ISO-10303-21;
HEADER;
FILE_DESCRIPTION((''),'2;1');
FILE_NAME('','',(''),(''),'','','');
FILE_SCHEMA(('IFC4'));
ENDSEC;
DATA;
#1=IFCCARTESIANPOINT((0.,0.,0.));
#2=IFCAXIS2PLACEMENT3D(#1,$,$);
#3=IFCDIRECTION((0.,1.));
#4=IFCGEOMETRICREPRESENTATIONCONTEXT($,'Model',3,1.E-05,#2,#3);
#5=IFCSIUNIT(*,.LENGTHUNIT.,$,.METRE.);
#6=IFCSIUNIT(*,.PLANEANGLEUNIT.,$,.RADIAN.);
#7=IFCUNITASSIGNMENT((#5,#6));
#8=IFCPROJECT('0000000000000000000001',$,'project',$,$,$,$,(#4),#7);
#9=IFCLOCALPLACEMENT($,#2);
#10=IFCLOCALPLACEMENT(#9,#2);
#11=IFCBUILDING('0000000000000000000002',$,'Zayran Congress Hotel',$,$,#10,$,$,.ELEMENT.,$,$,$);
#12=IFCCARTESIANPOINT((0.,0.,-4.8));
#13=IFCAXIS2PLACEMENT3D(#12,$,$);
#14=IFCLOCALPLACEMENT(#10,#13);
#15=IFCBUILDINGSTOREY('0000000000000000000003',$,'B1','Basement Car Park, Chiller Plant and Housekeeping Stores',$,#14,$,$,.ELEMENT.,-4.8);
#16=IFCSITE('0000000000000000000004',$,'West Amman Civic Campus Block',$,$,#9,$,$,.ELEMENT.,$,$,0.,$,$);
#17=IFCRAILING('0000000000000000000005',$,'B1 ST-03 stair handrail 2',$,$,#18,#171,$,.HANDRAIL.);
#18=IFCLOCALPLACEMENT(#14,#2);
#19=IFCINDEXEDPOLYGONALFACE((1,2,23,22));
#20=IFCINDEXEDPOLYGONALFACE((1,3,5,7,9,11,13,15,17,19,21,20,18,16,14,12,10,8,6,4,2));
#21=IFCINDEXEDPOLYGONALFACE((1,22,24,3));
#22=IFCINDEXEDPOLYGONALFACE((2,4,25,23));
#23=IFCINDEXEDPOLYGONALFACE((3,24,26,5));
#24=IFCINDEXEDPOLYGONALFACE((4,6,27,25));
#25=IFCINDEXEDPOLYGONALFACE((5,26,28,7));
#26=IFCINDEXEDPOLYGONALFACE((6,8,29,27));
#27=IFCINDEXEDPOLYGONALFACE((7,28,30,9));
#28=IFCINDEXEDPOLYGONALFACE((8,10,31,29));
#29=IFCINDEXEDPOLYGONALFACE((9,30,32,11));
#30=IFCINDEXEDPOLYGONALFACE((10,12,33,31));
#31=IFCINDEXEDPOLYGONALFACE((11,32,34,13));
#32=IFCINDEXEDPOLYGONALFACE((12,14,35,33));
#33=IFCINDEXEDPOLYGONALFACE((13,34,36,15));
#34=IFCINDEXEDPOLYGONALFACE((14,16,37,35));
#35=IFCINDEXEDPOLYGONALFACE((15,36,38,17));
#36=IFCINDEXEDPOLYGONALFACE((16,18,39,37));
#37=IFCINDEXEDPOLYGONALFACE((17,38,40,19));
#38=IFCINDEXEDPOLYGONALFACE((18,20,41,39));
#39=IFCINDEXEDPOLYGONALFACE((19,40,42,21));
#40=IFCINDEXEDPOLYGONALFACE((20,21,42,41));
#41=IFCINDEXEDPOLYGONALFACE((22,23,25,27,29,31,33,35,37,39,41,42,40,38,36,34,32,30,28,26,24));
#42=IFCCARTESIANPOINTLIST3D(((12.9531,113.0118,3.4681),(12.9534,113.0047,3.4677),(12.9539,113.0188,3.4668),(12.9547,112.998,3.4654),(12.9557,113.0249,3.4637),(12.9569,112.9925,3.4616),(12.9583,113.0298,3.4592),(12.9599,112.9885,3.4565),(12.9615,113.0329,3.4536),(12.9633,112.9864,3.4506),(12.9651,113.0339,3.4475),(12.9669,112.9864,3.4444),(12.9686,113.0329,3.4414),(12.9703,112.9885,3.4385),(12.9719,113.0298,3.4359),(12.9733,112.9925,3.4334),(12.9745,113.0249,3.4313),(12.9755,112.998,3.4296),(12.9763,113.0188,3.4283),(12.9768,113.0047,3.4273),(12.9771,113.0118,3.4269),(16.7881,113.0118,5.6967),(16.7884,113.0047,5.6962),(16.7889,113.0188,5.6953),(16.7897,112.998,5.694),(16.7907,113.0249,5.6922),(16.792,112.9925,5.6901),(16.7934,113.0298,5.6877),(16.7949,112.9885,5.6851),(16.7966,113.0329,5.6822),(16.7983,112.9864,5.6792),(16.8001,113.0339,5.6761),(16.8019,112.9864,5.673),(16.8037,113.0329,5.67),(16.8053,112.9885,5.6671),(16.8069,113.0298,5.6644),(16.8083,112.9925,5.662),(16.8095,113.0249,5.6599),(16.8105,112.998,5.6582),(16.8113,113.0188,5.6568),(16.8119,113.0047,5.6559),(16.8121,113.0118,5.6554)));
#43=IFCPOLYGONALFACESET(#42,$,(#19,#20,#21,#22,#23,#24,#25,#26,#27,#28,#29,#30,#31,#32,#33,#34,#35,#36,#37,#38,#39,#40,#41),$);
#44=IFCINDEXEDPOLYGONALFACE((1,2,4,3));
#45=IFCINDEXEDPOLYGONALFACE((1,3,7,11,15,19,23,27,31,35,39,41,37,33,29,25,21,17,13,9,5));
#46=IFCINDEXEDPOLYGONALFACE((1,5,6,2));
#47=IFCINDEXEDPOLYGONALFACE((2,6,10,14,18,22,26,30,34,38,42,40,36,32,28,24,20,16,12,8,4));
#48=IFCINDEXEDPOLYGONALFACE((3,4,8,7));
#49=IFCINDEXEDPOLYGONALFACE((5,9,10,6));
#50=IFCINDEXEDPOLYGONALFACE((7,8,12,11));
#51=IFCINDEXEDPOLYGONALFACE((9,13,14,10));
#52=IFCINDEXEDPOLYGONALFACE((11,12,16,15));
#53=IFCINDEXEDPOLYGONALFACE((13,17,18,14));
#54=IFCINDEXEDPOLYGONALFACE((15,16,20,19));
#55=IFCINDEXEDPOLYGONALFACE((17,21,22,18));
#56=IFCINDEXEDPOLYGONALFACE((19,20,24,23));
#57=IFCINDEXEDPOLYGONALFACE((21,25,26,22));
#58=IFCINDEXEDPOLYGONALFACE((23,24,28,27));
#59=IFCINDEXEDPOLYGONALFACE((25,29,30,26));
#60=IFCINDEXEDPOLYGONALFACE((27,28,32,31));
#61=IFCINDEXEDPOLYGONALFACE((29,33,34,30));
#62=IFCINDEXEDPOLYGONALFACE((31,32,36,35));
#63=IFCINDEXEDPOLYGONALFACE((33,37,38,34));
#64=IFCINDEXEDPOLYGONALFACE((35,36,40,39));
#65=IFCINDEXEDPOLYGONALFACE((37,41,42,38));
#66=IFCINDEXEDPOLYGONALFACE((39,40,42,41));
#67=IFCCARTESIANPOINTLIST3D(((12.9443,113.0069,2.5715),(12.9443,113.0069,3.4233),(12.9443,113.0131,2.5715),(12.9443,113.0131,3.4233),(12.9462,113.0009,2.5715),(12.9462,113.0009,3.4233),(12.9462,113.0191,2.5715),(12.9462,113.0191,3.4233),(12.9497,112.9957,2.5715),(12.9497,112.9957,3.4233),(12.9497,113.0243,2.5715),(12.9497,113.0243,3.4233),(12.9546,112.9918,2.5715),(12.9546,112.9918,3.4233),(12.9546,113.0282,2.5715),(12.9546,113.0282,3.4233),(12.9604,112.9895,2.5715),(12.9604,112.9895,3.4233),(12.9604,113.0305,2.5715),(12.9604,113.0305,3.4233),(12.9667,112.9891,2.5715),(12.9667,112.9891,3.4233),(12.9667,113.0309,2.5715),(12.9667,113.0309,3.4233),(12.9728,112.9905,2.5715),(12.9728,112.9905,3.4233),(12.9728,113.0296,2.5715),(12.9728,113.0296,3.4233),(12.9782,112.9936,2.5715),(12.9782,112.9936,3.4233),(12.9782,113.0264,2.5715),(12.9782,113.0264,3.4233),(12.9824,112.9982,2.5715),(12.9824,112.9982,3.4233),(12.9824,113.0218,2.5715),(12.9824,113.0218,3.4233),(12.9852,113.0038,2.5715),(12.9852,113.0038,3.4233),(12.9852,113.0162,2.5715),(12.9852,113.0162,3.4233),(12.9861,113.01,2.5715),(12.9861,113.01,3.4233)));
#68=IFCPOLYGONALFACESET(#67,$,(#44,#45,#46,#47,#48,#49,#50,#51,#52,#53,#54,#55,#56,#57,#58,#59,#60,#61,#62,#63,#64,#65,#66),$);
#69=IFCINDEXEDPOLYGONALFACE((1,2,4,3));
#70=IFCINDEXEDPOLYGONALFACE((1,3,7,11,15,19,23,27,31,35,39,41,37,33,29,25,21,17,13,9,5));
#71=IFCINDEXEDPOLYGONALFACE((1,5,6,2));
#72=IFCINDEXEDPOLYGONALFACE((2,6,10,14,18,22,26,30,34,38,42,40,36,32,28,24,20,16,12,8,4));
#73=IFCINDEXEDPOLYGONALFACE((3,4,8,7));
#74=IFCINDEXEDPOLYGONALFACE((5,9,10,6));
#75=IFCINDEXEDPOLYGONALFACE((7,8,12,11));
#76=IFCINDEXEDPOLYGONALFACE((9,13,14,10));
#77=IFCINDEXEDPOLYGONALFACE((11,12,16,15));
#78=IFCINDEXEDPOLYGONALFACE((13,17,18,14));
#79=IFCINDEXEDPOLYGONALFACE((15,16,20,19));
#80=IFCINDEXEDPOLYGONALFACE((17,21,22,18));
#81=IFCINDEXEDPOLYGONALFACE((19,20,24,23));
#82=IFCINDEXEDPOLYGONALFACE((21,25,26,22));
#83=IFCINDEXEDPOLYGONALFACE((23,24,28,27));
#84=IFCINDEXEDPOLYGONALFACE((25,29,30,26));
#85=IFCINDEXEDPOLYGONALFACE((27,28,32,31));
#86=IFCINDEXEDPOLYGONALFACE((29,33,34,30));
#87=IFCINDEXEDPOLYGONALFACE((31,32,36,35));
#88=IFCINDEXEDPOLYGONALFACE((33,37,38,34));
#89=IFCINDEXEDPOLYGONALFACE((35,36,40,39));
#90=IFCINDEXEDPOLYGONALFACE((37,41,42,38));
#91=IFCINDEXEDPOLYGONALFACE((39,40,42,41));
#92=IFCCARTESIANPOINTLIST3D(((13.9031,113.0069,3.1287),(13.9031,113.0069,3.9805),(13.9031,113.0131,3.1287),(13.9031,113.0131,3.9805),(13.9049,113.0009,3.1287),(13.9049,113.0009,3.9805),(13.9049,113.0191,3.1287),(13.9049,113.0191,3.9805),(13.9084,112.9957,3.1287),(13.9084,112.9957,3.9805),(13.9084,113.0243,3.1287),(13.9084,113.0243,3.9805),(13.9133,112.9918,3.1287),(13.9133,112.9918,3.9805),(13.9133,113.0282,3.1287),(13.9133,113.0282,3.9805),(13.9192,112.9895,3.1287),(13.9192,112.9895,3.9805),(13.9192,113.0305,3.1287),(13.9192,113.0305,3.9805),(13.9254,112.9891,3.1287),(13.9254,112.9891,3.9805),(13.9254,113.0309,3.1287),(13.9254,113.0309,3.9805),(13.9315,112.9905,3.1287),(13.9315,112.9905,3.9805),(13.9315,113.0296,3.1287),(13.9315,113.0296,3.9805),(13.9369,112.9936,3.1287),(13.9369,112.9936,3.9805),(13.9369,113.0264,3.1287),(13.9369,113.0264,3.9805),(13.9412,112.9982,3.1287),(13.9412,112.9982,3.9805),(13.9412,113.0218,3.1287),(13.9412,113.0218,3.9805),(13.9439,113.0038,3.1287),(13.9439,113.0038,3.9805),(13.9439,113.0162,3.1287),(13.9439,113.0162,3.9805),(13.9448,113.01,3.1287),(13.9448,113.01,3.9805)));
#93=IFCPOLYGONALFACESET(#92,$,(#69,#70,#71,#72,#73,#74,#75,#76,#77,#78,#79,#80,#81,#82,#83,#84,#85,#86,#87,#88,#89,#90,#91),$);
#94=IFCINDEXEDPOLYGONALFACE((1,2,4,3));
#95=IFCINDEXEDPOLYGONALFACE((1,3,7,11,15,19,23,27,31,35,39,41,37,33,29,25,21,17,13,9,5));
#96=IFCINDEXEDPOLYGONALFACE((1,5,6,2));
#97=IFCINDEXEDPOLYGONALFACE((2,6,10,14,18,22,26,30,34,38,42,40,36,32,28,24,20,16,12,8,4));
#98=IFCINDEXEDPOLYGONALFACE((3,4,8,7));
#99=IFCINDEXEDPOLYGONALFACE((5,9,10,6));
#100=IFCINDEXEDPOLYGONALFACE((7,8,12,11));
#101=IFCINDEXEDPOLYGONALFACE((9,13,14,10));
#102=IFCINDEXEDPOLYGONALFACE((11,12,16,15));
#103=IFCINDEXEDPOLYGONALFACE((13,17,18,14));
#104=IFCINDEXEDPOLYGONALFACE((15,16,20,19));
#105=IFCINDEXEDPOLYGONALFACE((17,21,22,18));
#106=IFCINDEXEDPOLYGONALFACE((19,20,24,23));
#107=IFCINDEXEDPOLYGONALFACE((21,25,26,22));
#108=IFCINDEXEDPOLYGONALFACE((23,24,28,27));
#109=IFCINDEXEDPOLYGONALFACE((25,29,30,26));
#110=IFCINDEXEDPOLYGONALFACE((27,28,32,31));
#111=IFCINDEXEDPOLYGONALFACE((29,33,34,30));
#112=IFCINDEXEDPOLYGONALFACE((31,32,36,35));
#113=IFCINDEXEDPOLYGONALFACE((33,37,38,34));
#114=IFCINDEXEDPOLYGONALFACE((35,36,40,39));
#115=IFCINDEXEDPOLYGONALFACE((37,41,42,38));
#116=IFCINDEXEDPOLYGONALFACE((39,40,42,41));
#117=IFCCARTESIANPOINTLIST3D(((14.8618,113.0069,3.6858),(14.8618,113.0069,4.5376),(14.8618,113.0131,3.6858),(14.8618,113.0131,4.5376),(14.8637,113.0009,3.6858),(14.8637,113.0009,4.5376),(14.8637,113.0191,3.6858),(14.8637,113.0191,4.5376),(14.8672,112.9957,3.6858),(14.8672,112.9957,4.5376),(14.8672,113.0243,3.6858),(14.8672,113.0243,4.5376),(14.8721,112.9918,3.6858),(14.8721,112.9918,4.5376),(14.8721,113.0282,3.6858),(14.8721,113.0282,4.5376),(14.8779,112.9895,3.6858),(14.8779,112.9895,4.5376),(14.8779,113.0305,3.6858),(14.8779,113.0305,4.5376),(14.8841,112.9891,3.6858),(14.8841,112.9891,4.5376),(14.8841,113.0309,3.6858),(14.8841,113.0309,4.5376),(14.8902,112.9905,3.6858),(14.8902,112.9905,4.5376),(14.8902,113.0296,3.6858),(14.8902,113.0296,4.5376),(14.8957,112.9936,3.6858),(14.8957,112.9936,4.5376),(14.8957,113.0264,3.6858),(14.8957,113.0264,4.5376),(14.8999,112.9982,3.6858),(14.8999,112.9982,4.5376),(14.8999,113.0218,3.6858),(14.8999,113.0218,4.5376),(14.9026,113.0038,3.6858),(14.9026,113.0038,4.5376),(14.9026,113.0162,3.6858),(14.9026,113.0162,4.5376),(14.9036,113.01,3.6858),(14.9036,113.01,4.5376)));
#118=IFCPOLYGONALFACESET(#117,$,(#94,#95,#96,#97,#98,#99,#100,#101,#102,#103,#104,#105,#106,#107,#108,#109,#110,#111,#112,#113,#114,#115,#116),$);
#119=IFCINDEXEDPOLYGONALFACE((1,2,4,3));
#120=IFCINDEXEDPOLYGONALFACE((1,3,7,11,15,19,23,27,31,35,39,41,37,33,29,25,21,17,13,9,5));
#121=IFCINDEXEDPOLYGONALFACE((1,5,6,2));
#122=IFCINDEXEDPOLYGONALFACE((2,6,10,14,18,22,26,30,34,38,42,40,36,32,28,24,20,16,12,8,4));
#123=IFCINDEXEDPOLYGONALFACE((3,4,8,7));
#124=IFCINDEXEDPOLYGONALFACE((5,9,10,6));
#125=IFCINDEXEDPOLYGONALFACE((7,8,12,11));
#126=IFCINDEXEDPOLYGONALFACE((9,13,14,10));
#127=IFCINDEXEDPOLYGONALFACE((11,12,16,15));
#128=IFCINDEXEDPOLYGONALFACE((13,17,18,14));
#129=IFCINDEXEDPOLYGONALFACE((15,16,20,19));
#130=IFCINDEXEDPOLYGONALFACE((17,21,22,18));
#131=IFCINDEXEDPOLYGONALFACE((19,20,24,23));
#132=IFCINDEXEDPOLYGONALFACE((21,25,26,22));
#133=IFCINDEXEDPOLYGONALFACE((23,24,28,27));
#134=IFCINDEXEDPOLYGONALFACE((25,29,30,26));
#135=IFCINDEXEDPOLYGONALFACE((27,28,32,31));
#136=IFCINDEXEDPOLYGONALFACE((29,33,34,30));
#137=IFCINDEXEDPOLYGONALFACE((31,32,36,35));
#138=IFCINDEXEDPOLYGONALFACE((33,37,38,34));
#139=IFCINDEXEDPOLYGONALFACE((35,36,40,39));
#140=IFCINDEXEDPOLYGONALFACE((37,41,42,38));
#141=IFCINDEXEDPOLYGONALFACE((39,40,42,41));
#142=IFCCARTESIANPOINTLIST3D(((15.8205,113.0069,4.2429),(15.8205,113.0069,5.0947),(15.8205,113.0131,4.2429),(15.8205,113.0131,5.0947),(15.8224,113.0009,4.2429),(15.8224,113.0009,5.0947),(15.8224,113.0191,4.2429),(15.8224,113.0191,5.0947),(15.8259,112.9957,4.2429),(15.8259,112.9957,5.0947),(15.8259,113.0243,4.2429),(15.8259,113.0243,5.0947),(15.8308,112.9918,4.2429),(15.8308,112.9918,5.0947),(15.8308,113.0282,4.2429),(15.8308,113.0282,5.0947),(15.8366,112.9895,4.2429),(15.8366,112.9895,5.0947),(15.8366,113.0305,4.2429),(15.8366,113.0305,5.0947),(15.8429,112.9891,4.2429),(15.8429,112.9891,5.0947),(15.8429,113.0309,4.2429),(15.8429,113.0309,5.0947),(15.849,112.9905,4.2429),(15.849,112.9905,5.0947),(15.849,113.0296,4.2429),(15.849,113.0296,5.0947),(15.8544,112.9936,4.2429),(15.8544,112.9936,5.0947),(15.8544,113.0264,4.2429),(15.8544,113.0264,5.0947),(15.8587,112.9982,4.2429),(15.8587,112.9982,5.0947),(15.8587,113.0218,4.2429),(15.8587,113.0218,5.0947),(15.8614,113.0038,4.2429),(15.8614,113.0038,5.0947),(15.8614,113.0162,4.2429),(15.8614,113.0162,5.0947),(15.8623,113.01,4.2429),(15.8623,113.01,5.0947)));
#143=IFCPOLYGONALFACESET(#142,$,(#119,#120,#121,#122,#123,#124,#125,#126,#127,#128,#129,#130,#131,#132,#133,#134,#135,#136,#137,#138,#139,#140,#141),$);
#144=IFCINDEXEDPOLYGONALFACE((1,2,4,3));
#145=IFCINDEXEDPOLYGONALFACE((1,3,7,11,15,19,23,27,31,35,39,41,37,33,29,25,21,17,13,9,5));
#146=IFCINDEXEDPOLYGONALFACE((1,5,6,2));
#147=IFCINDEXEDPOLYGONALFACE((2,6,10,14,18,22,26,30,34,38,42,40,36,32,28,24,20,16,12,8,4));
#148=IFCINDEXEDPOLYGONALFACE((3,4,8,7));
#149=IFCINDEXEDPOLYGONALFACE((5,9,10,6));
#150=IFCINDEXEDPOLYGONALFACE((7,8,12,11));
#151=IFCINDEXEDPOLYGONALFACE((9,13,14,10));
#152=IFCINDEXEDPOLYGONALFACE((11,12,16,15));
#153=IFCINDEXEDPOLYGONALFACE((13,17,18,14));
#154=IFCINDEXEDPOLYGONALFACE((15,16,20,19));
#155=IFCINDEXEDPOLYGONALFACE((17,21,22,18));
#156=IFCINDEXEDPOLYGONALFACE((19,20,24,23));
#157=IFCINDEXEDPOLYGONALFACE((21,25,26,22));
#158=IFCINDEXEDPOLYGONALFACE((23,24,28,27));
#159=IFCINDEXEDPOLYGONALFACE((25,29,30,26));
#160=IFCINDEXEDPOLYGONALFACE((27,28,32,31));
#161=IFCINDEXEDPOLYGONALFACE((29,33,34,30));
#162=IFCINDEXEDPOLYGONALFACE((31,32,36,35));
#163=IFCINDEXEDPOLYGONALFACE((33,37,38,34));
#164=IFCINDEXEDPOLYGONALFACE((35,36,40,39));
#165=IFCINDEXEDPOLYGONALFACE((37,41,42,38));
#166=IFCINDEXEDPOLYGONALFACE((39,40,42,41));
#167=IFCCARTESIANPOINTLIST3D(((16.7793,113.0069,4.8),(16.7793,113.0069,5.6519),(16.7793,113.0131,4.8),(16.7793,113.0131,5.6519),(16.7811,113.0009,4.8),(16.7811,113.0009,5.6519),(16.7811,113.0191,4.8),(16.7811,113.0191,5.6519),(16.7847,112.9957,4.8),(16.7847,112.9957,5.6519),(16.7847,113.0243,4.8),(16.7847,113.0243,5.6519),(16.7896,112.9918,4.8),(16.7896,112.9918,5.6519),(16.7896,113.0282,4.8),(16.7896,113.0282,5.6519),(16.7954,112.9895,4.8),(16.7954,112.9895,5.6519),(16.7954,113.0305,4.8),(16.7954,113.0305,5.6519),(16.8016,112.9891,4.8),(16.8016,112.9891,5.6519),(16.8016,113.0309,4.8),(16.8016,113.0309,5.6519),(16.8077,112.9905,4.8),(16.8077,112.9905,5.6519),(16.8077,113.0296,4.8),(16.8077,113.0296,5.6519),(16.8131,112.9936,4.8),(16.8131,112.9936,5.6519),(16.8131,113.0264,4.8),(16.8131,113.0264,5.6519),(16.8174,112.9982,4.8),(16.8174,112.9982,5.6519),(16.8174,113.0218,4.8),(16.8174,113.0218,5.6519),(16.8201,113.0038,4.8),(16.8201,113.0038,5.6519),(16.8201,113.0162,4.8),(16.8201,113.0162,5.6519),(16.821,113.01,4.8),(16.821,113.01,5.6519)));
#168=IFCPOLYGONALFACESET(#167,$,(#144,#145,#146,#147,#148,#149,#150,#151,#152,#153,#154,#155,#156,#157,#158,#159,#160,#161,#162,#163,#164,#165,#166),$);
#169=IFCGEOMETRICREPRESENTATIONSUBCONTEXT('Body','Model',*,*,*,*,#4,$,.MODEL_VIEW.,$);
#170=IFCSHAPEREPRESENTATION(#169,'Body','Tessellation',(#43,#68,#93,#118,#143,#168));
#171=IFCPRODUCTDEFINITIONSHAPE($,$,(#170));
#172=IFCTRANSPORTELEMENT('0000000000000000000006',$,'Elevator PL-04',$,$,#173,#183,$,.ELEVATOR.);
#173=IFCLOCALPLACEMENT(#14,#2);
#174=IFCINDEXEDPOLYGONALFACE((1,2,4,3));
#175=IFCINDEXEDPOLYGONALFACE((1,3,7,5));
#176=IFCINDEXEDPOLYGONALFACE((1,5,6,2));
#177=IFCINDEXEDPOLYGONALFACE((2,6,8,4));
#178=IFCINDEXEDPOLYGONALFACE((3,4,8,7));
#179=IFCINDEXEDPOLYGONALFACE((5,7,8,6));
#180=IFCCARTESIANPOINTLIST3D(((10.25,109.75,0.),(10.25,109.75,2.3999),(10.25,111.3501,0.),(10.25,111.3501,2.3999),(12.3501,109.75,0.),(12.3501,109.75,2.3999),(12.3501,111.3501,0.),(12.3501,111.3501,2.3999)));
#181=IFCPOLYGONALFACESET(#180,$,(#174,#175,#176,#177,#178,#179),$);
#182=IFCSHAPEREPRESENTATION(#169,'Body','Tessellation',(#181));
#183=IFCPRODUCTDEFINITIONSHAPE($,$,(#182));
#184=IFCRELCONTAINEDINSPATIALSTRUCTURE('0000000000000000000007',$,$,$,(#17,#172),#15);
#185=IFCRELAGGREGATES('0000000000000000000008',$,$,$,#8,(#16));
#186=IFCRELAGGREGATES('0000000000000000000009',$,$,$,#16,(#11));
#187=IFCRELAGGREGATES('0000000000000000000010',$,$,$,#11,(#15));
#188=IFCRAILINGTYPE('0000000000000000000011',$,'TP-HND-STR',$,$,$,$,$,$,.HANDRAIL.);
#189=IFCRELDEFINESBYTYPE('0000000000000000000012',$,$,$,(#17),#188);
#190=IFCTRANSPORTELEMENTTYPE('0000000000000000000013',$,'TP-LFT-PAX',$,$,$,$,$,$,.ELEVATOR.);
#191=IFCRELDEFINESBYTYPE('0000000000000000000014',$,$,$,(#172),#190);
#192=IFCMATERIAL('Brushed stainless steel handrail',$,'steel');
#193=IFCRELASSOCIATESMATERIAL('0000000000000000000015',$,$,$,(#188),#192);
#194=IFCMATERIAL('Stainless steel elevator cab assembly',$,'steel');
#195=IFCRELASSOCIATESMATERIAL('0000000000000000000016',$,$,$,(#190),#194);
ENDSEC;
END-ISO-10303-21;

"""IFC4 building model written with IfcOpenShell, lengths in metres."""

from ifc_helpers import new_model, si_unit, direction, frame, origin, origin_2d, place, context, subcontext, project, spatial, rectangle, circle, extrude, material, type_object, element, save


model = new_model("IFC4")

# Units and contexts
model_context = context("Model", 3, precision=1e-05, world=origin(), true_north=direction((0.0, 1.0)))
body_context = subcontext(model_context, "Body", "Model", "MODEL_VIEW")
ifc_project = project(units=[si_unit("LENGTHUNIT", "METRE"), si_unit("PLANEANGLEUNIT", "RADIAN")], contexts=[model_context])

# Site, building, storey
site_placement = place(None, origin())
site = spatial("IfcSite", under=ifc_project, at=site_placement, Name="West Amman Civic Campus Block", CompositionType="ELEMENT", RefElevation=0.0)
building_placement = place(site_placement, origin())
building = spatial("IfcBuilding", under=site, at=building_placement, Name="Zayran Congress Hotel", CompositionType="ELEMENT")
storey_placement = place(building_placement, frame((0.0, 0.0, -4.8)))
storey = spatial("IfcBuildingStorey", under=building, at=storey_placement, Name="B1", Description="Basement Car Park, Chiller Plant and Housekeeping Stores", CompositionType="ELEMENT", Elevation=-4.8)

# Railing
ifc_material_1 = material(Name="Brushed stainless steel handrail", Category="steel")
railing_type_1 = type_object("IfcRailingType", Name="TP-HND-STR", PredefinedType="HANDRAIL", material=ifc_material_1)
railing_1_placement = place(storey_placement, frame((12.9651, 113.01, 2.5715)))
element("IfcRailing", 1, at=railing_1_placement, inside=storey, type_object=railing_type_1, Name="B1 ST-03 stair handrail 2", PredefinedType="HANDRAIL", context=body_context, shape_type="SweptSolid", body=[
    extrude(circle(Radius=0.0239, at=origin_2d()), frame((0.0, 0.0, 0.876), z_axis=(0.864616, 0.0, 0.502433), x_axis=(0.0, 1.0, 0.0)), (0.0, 0.0, 1.0), 4.4355),
    extrude(circle(Radius=0.021, at=origin_2d()), origin(), (0.0, 0.0, 1.0), 0.8518),
    extrude(circle(Radius=0.021, at=origin_2d()), frame((0.9587, 0.0, 0.5571)), (0.0, 0.0, 1.0), 0.8518),
    extrude(circle(Radius=0.021, at=origin_2d()), frame((1.9175, 0.0, 1.1143)), (0.0, 0.0, 1.0), 0.8518),
    extrude(circle(Radius=0.021, at=origin_2d()), frame((2.8762, 0.0, 1.6714)), (0.0, 0.0, 1.0), 0.8518),
    extrude(circle(Radius=0.021, at=origin_2d()), frame((3.835, 0.0, 2.2285)), (0.0, 0.0, 1.0), 0.8518),
])

# Transport element
ifc_material_2 = material(Name="Stainless steel elevator cab assembly", Category="steel")
transport_element_type = type_object("IfcTransportElementType", Name="TP-LFT-PAX", PredefinedType="ELEVATOR", material=ifc_material_2)
transport_element_placement = place(storey_placement, frame((11.3, 110.55, 0.0), z_axis=(0.0, 0.0, 1.0), x_axis=(1.0, 0.0, 0.0)))
element("IfcTransportElement", 2, at=transport_element_placement, inside=storey, type_object=transport_element_type, Name="Elevator PL-04", PredefinedType="ELEVATOR", context=body_context, shape_type="SweptSolid", body=[
    extrude(rectangle(XDim=2.1001, YDim=1.6001, at=origin_2d()), origin(), (0.0, 0.0, 1.0), 2.3999),
])

save(model, "model.ifc")
